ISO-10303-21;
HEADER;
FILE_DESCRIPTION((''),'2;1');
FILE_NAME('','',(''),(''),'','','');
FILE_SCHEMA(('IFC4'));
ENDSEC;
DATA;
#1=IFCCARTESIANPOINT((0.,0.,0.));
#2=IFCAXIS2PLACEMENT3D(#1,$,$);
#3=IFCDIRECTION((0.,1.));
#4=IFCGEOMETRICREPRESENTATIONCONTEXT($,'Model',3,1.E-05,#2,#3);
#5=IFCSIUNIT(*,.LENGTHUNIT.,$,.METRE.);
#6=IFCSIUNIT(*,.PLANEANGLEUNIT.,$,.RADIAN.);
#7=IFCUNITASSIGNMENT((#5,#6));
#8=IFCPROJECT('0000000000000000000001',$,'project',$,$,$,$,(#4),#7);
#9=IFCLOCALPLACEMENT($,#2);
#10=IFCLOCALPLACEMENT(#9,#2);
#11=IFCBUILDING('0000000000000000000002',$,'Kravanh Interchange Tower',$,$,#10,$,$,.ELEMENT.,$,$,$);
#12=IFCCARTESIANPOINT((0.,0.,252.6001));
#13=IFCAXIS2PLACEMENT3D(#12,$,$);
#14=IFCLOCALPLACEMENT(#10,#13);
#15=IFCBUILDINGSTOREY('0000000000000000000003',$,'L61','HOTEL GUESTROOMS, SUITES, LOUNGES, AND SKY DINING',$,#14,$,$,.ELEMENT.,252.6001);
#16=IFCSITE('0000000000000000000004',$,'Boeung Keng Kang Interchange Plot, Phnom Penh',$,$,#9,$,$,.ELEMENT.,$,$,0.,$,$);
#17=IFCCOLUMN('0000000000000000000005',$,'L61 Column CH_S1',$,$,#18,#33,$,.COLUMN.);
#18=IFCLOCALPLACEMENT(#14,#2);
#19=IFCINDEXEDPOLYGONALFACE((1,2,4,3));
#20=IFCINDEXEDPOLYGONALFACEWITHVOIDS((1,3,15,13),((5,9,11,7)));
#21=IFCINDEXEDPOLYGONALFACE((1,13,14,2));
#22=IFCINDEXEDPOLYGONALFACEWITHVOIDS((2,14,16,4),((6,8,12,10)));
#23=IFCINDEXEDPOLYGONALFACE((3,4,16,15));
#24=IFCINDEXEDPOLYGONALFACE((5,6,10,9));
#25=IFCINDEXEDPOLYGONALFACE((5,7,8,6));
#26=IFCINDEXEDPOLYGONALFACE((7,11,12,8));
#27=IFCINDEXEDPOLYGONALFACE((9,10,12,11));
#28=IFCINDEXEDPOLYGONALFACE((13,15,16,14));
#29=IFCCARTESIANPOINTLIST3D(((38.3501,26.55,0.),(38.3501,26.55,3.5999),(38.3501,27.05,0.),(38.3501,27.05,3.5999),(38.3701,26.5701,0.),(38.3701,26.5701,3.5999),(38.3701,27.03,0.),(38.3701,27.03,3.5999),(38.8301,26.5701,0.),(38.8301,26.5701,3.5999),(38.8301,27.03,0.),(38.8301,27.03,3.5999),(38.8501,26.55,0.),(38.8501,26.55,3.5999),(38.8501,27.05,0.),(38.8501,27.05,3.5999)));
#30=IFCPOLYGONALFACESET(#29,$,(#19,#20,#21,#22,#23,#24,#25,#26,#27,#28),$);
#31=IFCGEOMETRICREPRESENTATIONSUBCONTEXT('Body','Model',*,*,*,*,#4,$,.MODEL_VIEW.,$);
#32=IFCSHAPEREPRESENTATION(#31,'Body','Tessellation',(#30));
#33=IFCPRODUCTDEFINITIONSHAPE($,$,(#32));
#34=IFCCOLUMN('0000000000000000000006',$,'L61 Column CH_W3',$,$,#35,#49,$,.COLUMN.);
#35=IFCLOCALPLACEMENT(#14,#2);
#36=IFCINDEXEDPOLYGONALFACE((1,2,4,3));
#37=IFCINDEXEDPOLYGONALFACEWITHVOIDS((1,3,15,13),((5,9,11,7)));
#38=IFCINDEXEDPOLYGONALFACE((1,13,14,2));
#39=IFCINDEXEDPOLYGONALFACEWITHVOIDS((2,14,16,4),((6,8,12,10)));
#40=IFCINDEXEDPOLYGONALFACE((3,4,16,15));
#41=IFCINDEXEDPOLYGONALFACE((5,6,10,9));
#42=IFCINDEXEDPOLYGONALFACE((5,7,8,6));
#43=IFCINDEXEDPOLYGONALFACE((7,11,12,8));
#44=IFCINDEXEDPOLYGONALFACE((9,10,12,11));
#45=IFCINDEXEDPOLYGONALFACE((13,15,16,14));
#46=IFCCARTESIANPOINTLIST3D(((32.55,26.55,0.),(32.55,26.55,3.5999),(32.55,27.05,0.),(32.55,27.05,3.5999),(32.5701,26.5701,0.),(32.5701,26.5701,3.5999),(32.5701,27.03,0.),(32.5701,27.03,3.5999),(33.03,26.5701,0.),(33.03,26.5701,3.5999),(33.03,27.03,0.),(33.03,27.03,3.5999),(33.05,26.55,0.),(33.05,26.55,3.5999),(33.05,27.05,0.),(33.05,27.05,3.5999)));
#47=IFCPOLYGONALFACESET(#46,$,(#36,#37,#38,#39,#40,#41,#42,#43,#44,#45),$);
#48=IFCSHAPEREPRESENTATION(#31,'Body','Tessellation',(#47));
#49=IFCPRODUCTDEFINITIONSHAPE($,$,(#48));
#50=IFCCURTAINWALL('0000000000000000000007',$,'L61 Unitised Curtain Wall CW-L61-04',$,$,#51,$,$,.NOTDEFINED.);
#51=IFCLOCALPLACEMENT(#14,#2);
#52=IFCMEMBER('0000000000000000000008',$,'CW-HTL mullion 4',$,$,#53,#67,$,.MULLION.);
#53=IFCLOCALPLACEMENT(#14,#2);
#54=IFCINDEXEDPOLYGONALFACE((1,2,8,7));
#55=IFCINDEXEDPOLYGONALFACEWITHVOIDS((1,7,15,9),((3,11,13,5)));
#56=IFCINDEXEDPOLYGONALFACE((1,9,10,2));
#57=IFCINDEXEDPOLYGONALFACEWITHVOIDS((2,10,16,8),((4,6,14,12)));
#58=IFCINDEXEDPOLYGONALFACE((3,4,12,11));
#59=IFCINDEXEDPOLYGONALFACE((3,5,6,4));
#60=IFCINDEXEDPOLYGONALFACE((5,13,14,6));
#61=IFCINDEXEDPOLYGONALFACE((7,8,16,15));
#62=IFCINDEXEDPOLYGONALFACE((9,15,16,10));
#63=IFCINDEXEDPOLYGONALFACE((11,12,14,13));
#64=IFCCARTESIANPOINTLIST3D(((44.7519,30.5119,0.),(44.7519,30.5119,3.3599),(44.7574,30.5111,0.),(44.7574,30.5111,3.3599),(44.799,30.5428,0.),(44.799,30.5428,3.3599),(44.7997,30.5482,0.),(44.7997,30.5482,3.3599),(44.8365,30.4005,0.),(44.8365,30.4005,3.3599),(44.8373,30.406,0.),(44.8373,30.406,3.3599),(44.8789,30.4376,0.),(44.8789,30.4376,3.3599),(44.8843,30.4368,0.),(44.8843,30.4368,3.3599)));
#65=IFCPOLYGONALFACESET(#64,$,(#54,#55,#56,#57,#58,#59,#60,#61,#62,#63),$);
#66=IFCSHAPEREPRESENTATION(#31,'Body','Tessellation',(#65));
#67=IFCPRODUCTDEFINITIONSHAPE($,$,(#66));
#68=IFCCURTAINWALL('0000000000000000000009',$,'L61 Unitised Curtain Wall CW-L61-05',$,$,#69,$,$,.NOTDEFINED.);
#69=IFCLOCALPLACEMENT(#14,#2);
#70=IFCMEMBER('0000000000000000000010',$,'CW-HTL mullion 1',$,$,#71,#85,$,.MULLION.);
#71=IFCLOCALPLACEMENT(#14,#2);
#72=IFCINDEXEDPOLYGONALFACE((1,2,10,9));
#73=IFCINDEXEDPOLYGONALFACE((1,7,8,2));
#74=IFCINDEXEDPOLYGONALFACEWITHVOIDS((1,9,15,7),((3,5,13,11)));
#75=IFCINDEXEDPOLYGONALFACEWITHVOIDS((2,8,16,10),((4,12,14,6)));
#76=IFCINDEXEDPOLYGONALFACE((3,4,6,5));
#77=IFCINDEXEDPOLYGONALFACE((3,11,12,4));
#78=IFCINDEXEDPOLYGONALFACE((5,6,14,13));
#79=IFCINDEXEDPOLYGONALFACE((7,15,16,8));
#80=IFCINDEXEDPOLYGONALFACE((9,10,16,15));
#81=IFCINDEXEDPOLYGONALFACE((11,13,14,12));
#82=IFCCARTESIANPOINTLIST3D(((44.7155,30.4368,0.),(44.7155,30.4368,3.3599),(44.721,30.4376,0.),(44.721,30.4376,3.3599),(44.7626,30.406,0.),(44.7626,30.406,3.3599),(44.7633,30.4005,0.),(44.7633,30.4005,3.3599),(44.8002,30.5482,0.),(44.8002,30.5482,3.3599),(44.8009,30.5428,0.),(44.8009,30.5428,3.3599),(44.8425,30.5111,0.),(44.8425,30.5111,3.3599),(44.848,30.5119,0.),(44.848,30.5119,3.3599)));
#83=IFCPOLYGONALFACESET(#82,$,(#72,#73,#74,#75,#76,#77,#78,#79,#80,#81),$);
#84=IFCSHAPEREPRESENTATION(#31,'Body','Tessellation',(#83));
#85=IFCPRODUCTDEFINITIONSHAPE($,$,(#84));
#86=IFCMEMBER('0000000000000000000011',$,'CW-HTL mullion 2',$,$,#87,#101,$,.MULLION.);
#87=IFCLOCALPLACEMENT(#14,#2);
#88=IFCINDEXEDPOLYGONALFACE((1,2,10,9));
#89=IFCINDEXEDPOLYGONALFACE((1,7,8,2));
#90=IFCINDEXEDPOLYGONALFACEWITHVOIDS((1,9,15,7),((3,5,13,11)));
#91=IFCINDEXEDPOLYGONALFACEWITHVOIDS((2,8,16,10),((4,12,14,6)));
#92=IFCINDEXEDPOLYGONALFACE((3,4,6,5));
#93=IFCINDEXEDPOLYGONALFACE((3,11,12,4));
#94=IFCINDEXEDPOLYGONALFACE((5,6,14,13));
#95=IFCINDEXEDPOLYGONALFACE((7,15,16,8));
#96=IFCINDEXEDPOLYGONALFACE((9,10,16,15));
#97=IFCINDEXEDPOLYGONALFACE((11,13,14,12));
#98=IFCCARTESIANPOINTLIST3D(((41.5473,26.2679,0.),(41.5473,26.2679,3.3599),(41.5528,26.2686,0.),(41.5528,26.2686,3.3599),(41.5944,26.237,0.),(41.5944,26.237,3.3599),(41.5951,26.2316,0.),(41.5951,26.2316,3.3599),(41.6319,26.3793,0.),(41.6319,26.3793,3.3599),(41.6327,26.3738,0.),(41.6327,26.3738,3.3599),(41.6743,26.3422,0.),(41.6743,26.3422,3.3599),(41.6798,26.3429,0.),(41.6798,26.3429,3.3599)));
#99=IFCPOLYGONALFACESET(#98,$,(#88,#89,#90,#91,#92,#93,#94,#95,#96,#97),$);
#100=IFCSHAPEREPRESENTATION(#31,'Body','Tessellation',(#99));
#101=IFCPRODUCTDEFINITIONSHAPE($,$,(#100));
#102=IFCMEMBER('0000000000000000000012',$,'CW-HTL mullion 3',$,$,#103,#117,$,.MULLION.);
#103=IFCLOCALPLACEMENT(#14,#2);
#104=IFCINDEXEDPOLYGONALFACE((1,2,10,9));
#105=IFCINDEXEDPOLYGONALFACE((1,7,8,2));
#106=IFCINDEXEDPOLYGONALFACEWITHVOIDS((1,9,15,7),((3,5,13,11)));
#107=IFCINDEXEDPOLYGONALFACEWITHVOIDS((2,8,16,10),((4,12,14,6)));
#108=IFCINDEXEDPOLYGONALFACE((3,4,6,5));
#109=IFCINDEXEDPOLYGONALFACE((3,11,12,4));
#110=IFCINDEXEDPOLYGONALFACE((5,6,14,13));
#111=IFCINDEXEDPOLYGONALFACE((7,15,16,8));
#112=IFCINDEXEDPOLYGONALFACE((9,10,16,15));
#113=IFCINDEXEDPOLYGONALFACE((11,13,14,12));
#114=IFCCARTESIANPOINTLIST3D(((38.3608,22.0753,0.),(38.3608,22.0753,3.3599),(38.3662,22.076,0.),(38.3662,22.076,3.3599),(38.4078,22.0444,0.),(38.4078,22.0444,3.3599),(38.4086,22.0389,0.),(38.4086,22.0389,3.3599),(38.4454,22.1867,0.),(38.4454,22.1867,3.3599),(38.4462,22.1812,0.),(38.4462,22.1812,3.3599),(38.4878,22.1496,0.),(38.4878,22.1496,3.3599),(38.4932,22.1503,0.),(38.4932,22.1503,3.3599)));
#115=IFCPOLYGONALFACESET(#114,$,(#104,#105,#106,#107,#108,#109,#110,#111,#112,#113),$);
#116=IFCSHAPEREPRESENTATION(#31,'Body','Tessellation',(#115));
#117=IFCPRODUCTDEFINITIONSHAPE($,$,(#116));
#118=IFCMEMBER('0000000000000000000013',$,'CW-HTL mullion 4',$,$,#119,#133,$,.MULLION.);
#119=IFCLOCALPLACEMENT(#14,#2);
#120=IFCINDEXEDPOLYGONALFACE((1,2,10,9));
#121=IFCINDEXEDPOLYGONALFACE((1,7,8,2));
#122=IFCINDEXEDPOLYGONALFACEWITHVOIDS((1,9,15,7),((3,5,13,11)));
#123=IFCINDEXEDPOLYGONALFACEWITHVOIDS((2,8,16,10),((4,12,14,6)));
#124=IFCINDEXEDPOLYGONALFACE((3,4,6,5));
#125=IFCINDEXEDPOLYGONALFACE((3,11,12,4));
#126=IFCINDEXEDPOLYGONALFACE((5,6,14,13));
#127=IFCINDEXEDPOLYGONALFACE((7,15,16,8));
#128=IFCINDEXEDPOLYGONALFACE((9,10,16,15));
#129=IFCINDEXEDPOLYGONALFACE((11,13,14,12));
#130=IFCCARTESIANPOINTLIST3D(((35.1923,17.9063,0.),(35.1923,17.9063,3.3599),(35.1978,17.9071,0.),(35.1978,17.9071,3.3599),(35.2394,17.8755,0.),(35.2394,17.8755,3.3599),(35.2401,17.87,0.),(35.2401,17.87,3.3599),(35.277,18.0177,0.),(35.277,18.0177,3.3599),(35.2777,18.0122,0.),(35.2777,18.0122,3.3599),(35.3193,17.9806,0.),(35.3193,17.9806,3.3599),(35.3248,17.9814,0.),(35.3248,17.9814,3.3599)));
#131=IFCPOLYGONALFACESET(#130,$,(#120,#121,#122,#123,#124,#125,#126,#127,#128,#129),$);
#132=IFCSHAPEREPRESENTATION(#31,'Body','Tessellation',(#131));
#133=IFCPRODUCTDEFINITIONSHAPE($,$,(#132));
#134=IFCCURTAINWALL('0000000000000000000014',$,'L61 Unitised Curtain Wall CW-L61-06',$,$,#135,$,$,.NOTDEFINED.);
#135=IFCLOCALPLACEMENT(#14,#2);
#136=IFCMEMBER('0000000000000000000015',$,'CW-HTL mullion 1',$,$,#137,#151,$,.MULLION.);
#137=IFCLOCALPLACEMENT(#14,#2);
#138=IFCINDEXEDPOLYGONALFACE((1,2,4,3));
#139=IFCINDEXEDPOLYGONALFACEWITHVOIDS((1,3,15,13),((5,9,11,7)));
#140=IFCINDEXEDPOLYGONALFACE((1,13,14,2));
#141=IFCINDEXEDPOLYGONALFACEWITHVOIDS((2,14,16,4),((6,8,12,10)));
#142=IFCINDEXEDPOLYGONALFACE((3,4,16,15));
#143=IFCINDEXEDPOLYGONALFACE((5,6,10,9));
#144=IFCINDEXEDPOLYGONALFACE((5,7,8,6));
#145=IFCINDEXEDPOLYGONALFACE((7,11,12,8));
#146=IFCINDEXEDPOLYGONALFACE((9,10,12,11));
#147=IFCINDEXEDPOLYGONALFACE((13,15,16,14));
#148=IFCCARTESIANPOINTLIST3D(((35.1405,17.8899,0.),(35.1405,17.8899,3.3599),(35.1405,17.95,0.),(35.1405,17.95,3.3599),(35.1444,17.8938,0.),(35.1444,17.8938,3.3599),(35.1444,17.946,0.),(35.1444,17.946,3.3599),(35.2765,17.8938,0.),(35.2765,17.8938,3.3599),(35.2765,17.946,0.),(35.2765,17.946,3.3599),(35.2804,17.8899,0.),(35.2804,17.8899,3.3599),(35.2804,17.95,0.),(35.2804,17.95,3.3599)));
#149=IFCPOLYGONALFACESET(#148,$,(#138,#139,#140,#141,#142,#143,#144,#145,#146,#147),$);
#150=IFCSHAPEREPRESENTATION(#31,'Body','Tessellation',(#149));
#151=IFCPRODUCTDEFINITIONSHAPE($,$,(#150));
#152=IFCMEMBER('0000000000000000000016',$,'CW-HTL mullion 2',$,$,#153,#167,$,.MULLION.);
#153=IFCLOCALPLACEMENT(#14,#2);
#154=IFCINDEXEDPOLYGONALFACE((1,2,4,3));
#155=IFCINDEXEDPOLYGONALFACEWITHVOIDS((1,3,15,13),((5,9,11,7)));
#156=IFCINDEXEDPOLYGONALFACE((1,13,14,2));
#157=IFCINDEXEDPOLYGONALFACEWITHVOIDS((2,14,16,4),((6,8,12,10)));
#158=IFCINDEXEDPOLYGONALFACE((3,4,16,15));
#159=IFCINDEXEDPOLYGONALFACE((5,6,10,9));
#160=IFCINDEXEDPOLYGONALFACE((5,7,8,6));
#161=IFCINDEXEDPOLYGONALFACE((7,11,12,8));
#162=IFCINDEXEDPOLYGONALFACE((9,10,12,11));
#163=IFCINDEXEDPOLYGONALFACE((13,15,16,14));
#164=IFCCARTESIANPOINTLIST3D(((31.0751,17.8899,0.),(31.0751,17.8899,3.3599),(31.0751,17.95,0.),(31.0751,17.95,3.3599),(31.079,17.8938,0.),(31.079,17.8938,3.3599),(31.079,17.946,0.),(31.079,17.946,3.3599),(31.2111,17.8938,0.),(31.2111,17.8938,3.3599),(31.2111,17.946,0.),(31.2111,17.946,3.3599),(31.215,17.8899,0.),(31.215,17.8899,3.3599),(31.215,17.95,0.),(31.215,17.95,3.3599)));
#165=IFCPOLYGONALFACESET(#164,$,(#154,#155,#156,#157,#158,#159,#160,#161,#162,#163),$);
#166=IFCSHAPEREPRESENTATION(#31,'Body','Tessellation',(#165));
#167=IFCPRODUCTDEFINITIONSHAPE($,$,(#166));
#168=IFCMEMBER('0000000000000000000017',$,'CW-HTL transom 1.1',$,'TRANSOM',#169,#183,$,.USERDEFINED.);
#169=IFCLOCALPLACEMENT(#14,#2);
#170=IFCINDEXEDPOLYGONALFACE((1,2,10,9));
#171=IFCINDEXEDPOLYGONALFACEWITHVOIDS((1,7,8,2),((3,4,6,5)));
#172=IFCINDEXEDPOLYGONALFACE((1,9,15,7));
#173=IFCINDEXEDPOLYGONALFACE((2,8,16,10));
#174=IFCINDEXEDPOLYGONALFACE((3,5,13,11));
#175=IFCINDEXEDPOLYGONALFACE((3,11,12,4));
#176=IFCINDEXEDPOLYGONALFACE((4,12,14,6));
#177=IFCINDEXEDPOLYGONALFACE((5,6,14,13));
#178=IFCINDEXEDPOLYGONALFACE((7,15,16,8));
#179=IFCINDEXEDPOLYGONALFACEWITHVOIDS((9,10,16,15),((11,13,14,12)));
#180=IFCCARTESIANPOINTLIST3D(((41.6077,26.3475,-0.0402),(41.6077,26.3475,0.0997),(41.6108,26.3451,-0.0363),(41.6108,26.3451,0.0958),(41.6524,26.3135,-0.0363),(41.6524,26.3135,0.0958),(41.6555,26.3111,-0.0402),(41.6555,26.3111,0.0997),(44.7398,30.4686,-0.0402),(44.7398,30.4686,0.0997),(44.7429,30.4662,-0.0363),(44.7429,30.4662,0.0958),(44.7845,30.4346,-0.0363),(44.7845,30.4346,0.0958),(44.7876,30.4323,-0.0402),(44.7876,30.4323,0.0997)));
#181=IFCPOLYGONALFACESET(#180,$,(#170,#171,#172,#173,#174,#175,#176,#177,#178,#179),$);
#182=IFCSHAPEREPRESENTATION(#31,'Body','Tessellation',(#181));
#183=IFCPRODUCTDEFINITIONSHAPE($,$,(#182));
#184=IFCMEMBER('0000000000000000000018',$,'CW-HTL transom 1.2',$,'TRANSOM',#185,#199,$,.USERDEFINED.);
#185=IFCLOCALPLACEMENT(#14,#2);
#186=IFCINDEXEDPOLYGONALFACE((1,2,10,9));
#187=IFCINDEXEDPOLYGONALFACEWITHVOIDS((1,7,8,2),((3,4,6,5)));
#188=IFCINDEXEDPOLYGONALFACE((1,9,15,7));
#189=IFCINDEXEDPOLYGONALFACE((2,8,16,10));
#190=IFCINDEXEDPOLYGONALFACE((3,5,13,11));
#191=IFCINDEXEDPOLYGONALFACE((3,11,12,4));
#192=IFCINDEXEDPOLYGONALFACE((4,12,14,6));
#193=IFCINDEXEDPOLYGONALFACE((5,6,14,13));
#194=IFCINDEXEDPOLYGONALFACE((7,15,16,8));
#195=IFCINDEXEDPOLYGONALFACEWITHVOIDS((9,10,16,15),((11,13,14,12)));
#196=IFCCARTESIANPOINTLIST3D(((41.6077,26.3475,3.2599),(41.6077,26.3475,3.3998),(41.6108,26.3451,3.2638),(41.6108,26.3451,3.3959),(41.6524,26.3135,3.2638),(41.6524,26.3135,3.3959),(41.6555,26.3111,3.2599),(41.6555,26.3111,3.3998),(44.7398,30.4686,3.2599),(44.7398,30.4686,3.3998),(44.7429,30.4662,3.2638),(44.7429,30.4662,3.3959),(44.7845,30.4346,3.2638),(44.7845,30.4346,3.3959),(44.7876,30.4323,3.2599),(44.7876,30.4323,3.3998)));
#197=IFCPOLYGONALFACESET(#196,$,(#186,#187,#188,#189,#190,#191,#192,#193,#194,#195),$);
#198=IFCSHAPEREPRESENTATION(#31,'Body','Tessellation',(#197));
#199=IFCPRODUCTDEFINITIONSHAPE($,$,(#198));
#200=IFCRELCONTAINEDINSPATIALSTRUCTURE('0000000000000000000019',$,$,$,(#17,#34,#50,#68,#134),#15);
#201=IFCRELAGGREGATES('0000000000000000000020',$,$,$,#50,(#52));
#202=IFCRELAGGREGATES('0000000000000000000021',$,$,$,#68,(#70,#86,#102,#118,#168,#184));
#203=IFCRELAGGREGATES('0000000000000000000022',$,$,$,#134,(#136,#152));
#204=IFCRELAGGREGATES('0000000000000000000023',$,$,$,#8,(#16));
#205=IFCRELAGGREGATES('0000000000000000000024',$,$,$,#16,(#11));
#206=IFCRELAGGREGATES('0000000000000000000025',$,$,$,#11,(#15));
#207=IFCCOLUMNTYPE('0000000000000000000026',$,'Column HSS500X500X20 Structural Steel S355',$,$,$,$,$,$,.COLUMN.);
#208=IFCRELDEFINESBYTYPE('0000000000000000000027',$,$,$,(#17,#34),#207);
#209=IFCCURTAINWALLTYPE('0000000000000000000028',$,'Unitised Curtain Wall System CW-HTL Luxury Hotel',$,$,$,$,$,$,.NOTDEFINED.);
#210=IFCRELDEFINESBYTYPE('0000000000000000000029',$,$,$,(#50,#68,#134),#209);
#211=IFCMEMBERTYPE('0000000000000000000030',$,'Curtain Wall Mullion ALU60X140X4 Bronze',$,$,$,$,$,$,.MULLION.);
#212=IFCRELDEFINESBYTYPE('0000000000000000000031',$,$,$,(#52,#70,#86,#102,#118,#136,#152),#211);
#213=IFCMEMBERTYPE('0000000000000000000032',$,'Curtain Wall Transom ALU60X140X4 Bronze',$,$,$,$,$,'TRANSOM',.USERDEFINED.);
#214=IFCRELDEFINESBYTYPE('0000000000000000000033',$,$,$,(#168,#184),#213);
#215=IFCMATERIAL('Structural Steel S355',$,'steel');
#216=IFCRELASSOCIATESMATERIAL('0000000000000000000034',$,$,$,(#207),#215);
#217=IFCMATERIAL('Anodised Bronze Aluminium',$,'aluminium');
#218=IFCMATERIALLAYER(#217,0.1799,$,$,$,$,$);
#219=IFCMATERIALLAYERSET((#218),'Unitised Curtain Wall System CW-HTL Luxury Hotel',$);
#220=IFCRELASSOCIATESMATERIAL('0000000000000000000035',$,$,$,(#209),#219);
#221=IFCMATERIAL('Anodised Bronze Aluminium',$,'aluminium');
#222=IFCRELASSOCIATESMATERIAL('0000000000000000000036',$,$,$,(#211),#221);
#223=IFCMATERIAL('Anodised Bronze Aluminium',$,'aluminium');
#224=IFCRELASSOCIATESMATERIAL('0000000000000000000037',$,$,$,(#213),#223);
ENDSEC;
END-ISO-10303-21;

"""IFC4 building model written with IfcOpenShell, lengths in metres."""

from ifc_helpers import new_model, si_unit, direction, frame, origin, origin_2d, place, context, subcontext, project, spatial, hollow_rectangle, extrude, material, layer, layer_set, material_profile, profile_set, type_object, element, aggregate, save


model = new_model("IFC4")

# Units and contexts
model_context = context("Model", 3, precision=1e-05, world=origin(), true_north=direction((0.0, 1.0)))
body_context = subcontext(model_context, "Body", "Model", "MODEL_VIEW")
ifc_project = project(units=[si_unit("LENGTHUNIT", "METRE"), si_unit("PLANEANGLEUNIT", "RADIAN")], contexts=[model_context])

# Site, building, storey
site_placement = place(None, origin())
site = spatial("IfcSite", under=ifc_project, at=site_placement, Name="Boeung Keng Kang Interchange Plot, Phnom Penh", CompositionType="ELEMENT", RefElevation=0.0)
building_placement = place(site_placement, origin())
building = spatial("IfcBuilding", under=site, at=building_placement, Name="Kravanh Interchange Tower", CompositionType="ELEMENT")
storey_placement = place(building_placement, frame((0.0, 0.0, 252.6001)))
storey = spatial("IfcBuildingStorey", under=building, at=storey_placement, Name="L61", Description="HOTEL GUESTROOMS, SUITES, LOUNGES, AND SKY DINING", CompositionType="ELEMENT", Elevation=252.6001)

# Columns
ifc_material_1 = material(Name="Structural Steel S355", Category="steel")
ifc_material_profile_1 = material_profile(ifc_material_1, hollow_rectangle(XDim=0.5, YDim=0.5, WallThickness=0.02, at=origin_2d()), Name="HSS500X500X20")
ifc_profile_set_1 = profile_set([ifc_material_profile_1], Name="Structural Steel S355")
column_type = type_object("IfcColumnType", Name="Column HSS500X500X20 Structural Steel S355", PredefinedType="COLUMN", material=ifc_profile_set_1)
for number, where, z_axis, x_axis, name in (
    (1, (38.6001, 26.8, 0.0), (0.0, 0.0, 1.0), (1.0, 0.0, 0.0), "L61 Column CH_S1"),
    (2, (32.8, 26.8, 0.0), (0.0, 0.0, 1.0), (1.0, 0.0, 0.0), "L61 Column CH_W3"),
):
    element("IfcColumn", number, at=place(storey_placement, frame(where, z_axis=z_axis, x_axis=x_axis)), inside=storey, type_object=column_type, Name=name, PredefinedType="COLUMN", context=body_context, shape_type="SweptSolid", body=[
        extrude(hollow_rectangle(XDim=0.5, YDim=0.5, WallThickness=0.02, at=origin_2d()), origin(), (0.0, 0.0, 1.0), 3.5999),
    ])

# Curtain wall, member
ifc_material_2 = material(Name="Anodised Bronze Aluminium", Category="aluminium")
ifc_layer_1 = layer(ifc_material_2, 0.1799)
ifc_layer_set_1 = layer_set([ifc_layer_1], Name="Unitised Curtain Wall System CW-HTL Luxury Hotel")
curtain_wall_type = type_object("IfcCurtainWallType", Name="Unitised Curtain Wall System CW-HTL Luxury Hotel", PredefinedType="NOTDEFINED", material=ifc_layer_set_1)
curtain_wall_1_placement = place(storey_placement, origin())
curtain_wall_1 = element("IfcCurtainWall", 3, at=curtain_wall_1_placement, inside=storey, type_object=curtain_wall_type, Name="L61 Unitised Curtain Wall CW-L61-04", PredefinedType="NOTDEFINED")
ifc_material_3 = material(Name="Anodised Bronze Aluminium", Category="aluminium")
ifc_material_profile_2 = material_profile(ifc_material_3, hollow_rectangle(XDim=0.0601, YDim=0.1399, WallThickness=0.0039, at=origin_2d()), Name="ALU60X140X4")
ifc_profile_set_2 = profile_set([ifc_material_profile_2], Name="Anodised Bronze Aluminium")
member_type_1 = type_object("IfcMemberType", Name="Curtain Wall Mullion ALU60X140X4 Bronze", PredefinedType="MULLION", material=ifc_profile_set_2)
member_1_placement = place(storey_placement, frame((44.8181, 30.4744, 0.0), z_axis=(0.0, 0.0, 1.0), x_axis=(-0.796162, -0.605083, 0.0)))
member_1 = element("IfcMember", 4, at=member_1_placement, type_object=member_type_1, Name="CW-HTL mullion 4", PredefinedType="MULLION", context=body_context, shape_type="SweptSolid", body=[
    extrude(hollow_rectangle(XDim=0.0601, YDim=0.1399, WallThickness=0.0039, at=origin_2d()), origin(), (0.0, 0.0, 1.0), 3.3599),
])

# Curtain walls, members
curtain_wall_2_placement = place(storey_placement, origin())
curtain_wall_2 = element("IfcCurtainWall", 5, at=curtain_wall_2_placement, inside=storey, type_object=curtain_wall_type, Name="L61 Unitised Curtain Wall CW-L61-05", PredefinedType="NOTDEFINED")
member_2_placement = place(storey_placement, frame((44.7817, 30.4744, 0.0), z_axis=(0.0, 0.0, 1.0), x_axis=(0.796162, -0.605083, 0.0)))
member_2 = element("IfcMember", 6, at=member_2_placement, type_object=member_type_1, Name="CW-HTL mullion 1", PredefinedType="MULLION", context=body_context, shape_type="SweptSolid", body=[
    extrude(hollow_rectangle(XDim=0.0601, YDim=0.1399, WallThickness=0.0039, at=origin_2d()), origin(), (0.0, 0.0, 1.0), 3.3599),
])
member_3_placement = place(storey_placement, frame((41.6135, 26.3054, 0.0), z_axis=(0.0, 0.0, 1.0), x_axis=(0.796162, -0.605083, 0.0)))
member_3 = element("IfcMember", 7, at=member_3_placement, type_object=member_type_1, Name="CW-HTL mullion 2", PredefinedType="MULLION", context=body_context, shape_type="SweptSolid", body=[
    extrude(hollow_rectangle(XDim=0.0601, YDim=0.1399, WallThickness=0.0039, at=origin_2d()), origin(), (0.0, 0.0, 1.0), 3.3599),
])
member_4_placement = place(storey_placement, frame((38.427, 22.1128, 0.0), z_axis=(0.0, 0.0, 1.0), x_axis=(0.796162, -0.605083, 0.0)))
member_4 = element("IfcMember", 8, at=member_4_placement, type_object=member_type_1, Name="CW-HTL mullion 3", PredefinedType="MULLION", context=body_context, shape_type="SweptSolid", body=[
    extrude(hollow_rectangle(XDim=0.0601, YDim=0.1399, WallThickness=0.0039, at=origin_2d()), origin(), (0.0, 0.0, 1.0), 3.3599),
])
member_5_placement = place(storey_placement, frame((35.2585, 17.9438, 0.0), z_axis=(0.0, 0.0, 1.0), x_axis=(0.796162, -0.605083, 0.0)))
member_5 = element("IfcMember", 9, at=member_5_placement, type_object=member_type_1, Name="CW-HTL mullion 4", PredefinedType="MULLION", context=body_context, shape_type="SweptSolid", body=[
    extrude(hollow_rectangle(XDim=0.0601, YDim=0.1399, WallThickness=0.0039, at=origin_2d()), origin(), (0.0, 0.0, 1.0), 3.3599),
])
curtain_wall_3_placement = place(storey_placement, origin())
curtain_wall_3 = element("IfcCurtainWall", 10, at=curtain_wall_3_placement, inside=storey, type_object=curtain_wall_type, Name="L61 Unitised Curtain Wall CW-L61-06", PredefinedType="NOTDEFINED")
member_6_placement = place(storey_placement, frame((35.2104, 17.9199, 0.0), z_axis=(0.0, 0.0, 1.0), x_axis=(0.0, -1.0, 0.0)))
member_6 = element("IfcMember", 11, at=member_6_placement, type_object=member_type_1, Name="CW-HTL mullion 1", PredefinedType="MULLION", context=body_context, shape_type="SweptSolid", body=[
    extrude(hollow_rectangle(XDim=0.0601, YDim=0.1399, WallThickness=0.0039, at=origin_2d()), origin(), (0.0, 0.0, 1.0), 3.3599),
])
member_7_placement = place(storey_placement, frame((31.145, 17.9199, 0.0), z_axis=(0.0, 0.0, 1.0), x_axis=(0.0, -1.0, 0.0)))
member_7 = element("IfcMember", 12, at=member_7_placement, type_object=member_type_1, Name="CW-HTL mullion 2", PredefinedType="MULLION", context=body_context, shape_type="SweptSolid", body=[
    extrude(hollow_rectangle(XDim=0.0601, YDim=0.1399, WallThickness=0.0039, at=origin_2d()), origin(), (0.0, 0.0, 1.0), 3.3599),
])

# Members
ifc_material_4 = material(Name="Anodised Bronze Aluminium", Category="aluminium")
ifc_material_profile_3 = material_profile(ifc_material_4, hollow_rectangle(XDim=0.0601, YDim=0.1399, WallThickness=0.0039, at=origin_2d()), Name="ALU60X140X4")
ifc_profile_set_3 = profile_set([ifc_material_profile_3], Name="Anodised Bronze Aluminium")
member_type_2 = type_object("IfcMemberType", Name="Curtain Wall Transom ALU60X140X4 Bronze", ElementType="TRANSOM", PredefinedType="USERDEFINED", material=ifc_profile_set_3)
member_8_placement = place(storey_placement, frame((44.7637, 30.4504, 0.0298), z_axis=(-0.605089, -0.796158, 0.0), x_axis=(0.796158, -0.605089, 0.0)))
member_8 = element("IfcMember", 13, at=member_8_placement, type_object=member_type_2, Name="CW-HTL transom 1.1", ObjectType="TRANSOM", PredefinedType="USERDEFINED", context=body_context, shape_type="SweptSolid", body=[
    extrude(hollow_rectangle(XDim=0.0601, YDim=0.1399, WallThickness=0.0039, at=origin_2d()), origin(), (0.0, 0.0, 1.0), 5.1763),
])
member_9_placement = place(storey_placement, frame((44.7637, 30.4504, 3.3298), z_axis=(-0.605089, -0.796158, 0.0), x_axis=(0.796158, -0.605089, 0.0)))
member_9 = element("IfcMember", 14, at=member_9_placement, type_object=member_type_2, Name="CW-HTL transom 1.2", ObjectType="TRANSOM", PredefinedType="USERDEFINED", context=body_context, shape_type="SweptSolid", body=[
    extrude(hollow_rectangle(XDim=0.0601, YDim=0.1399, WallThickness=0.0039, at=origin_2d()), origin(), (0.0, 0.0, 1.0), 5.1763),
])

aggregate(curtain_wall_1, [member_1])
aggregate(curtain_wall_2, [member_2, member_3, member_4, member_5, member_8, member_9])
aggregate(curtain_wall_3, [member_6, member_7])

save(model, "model.ifc")
